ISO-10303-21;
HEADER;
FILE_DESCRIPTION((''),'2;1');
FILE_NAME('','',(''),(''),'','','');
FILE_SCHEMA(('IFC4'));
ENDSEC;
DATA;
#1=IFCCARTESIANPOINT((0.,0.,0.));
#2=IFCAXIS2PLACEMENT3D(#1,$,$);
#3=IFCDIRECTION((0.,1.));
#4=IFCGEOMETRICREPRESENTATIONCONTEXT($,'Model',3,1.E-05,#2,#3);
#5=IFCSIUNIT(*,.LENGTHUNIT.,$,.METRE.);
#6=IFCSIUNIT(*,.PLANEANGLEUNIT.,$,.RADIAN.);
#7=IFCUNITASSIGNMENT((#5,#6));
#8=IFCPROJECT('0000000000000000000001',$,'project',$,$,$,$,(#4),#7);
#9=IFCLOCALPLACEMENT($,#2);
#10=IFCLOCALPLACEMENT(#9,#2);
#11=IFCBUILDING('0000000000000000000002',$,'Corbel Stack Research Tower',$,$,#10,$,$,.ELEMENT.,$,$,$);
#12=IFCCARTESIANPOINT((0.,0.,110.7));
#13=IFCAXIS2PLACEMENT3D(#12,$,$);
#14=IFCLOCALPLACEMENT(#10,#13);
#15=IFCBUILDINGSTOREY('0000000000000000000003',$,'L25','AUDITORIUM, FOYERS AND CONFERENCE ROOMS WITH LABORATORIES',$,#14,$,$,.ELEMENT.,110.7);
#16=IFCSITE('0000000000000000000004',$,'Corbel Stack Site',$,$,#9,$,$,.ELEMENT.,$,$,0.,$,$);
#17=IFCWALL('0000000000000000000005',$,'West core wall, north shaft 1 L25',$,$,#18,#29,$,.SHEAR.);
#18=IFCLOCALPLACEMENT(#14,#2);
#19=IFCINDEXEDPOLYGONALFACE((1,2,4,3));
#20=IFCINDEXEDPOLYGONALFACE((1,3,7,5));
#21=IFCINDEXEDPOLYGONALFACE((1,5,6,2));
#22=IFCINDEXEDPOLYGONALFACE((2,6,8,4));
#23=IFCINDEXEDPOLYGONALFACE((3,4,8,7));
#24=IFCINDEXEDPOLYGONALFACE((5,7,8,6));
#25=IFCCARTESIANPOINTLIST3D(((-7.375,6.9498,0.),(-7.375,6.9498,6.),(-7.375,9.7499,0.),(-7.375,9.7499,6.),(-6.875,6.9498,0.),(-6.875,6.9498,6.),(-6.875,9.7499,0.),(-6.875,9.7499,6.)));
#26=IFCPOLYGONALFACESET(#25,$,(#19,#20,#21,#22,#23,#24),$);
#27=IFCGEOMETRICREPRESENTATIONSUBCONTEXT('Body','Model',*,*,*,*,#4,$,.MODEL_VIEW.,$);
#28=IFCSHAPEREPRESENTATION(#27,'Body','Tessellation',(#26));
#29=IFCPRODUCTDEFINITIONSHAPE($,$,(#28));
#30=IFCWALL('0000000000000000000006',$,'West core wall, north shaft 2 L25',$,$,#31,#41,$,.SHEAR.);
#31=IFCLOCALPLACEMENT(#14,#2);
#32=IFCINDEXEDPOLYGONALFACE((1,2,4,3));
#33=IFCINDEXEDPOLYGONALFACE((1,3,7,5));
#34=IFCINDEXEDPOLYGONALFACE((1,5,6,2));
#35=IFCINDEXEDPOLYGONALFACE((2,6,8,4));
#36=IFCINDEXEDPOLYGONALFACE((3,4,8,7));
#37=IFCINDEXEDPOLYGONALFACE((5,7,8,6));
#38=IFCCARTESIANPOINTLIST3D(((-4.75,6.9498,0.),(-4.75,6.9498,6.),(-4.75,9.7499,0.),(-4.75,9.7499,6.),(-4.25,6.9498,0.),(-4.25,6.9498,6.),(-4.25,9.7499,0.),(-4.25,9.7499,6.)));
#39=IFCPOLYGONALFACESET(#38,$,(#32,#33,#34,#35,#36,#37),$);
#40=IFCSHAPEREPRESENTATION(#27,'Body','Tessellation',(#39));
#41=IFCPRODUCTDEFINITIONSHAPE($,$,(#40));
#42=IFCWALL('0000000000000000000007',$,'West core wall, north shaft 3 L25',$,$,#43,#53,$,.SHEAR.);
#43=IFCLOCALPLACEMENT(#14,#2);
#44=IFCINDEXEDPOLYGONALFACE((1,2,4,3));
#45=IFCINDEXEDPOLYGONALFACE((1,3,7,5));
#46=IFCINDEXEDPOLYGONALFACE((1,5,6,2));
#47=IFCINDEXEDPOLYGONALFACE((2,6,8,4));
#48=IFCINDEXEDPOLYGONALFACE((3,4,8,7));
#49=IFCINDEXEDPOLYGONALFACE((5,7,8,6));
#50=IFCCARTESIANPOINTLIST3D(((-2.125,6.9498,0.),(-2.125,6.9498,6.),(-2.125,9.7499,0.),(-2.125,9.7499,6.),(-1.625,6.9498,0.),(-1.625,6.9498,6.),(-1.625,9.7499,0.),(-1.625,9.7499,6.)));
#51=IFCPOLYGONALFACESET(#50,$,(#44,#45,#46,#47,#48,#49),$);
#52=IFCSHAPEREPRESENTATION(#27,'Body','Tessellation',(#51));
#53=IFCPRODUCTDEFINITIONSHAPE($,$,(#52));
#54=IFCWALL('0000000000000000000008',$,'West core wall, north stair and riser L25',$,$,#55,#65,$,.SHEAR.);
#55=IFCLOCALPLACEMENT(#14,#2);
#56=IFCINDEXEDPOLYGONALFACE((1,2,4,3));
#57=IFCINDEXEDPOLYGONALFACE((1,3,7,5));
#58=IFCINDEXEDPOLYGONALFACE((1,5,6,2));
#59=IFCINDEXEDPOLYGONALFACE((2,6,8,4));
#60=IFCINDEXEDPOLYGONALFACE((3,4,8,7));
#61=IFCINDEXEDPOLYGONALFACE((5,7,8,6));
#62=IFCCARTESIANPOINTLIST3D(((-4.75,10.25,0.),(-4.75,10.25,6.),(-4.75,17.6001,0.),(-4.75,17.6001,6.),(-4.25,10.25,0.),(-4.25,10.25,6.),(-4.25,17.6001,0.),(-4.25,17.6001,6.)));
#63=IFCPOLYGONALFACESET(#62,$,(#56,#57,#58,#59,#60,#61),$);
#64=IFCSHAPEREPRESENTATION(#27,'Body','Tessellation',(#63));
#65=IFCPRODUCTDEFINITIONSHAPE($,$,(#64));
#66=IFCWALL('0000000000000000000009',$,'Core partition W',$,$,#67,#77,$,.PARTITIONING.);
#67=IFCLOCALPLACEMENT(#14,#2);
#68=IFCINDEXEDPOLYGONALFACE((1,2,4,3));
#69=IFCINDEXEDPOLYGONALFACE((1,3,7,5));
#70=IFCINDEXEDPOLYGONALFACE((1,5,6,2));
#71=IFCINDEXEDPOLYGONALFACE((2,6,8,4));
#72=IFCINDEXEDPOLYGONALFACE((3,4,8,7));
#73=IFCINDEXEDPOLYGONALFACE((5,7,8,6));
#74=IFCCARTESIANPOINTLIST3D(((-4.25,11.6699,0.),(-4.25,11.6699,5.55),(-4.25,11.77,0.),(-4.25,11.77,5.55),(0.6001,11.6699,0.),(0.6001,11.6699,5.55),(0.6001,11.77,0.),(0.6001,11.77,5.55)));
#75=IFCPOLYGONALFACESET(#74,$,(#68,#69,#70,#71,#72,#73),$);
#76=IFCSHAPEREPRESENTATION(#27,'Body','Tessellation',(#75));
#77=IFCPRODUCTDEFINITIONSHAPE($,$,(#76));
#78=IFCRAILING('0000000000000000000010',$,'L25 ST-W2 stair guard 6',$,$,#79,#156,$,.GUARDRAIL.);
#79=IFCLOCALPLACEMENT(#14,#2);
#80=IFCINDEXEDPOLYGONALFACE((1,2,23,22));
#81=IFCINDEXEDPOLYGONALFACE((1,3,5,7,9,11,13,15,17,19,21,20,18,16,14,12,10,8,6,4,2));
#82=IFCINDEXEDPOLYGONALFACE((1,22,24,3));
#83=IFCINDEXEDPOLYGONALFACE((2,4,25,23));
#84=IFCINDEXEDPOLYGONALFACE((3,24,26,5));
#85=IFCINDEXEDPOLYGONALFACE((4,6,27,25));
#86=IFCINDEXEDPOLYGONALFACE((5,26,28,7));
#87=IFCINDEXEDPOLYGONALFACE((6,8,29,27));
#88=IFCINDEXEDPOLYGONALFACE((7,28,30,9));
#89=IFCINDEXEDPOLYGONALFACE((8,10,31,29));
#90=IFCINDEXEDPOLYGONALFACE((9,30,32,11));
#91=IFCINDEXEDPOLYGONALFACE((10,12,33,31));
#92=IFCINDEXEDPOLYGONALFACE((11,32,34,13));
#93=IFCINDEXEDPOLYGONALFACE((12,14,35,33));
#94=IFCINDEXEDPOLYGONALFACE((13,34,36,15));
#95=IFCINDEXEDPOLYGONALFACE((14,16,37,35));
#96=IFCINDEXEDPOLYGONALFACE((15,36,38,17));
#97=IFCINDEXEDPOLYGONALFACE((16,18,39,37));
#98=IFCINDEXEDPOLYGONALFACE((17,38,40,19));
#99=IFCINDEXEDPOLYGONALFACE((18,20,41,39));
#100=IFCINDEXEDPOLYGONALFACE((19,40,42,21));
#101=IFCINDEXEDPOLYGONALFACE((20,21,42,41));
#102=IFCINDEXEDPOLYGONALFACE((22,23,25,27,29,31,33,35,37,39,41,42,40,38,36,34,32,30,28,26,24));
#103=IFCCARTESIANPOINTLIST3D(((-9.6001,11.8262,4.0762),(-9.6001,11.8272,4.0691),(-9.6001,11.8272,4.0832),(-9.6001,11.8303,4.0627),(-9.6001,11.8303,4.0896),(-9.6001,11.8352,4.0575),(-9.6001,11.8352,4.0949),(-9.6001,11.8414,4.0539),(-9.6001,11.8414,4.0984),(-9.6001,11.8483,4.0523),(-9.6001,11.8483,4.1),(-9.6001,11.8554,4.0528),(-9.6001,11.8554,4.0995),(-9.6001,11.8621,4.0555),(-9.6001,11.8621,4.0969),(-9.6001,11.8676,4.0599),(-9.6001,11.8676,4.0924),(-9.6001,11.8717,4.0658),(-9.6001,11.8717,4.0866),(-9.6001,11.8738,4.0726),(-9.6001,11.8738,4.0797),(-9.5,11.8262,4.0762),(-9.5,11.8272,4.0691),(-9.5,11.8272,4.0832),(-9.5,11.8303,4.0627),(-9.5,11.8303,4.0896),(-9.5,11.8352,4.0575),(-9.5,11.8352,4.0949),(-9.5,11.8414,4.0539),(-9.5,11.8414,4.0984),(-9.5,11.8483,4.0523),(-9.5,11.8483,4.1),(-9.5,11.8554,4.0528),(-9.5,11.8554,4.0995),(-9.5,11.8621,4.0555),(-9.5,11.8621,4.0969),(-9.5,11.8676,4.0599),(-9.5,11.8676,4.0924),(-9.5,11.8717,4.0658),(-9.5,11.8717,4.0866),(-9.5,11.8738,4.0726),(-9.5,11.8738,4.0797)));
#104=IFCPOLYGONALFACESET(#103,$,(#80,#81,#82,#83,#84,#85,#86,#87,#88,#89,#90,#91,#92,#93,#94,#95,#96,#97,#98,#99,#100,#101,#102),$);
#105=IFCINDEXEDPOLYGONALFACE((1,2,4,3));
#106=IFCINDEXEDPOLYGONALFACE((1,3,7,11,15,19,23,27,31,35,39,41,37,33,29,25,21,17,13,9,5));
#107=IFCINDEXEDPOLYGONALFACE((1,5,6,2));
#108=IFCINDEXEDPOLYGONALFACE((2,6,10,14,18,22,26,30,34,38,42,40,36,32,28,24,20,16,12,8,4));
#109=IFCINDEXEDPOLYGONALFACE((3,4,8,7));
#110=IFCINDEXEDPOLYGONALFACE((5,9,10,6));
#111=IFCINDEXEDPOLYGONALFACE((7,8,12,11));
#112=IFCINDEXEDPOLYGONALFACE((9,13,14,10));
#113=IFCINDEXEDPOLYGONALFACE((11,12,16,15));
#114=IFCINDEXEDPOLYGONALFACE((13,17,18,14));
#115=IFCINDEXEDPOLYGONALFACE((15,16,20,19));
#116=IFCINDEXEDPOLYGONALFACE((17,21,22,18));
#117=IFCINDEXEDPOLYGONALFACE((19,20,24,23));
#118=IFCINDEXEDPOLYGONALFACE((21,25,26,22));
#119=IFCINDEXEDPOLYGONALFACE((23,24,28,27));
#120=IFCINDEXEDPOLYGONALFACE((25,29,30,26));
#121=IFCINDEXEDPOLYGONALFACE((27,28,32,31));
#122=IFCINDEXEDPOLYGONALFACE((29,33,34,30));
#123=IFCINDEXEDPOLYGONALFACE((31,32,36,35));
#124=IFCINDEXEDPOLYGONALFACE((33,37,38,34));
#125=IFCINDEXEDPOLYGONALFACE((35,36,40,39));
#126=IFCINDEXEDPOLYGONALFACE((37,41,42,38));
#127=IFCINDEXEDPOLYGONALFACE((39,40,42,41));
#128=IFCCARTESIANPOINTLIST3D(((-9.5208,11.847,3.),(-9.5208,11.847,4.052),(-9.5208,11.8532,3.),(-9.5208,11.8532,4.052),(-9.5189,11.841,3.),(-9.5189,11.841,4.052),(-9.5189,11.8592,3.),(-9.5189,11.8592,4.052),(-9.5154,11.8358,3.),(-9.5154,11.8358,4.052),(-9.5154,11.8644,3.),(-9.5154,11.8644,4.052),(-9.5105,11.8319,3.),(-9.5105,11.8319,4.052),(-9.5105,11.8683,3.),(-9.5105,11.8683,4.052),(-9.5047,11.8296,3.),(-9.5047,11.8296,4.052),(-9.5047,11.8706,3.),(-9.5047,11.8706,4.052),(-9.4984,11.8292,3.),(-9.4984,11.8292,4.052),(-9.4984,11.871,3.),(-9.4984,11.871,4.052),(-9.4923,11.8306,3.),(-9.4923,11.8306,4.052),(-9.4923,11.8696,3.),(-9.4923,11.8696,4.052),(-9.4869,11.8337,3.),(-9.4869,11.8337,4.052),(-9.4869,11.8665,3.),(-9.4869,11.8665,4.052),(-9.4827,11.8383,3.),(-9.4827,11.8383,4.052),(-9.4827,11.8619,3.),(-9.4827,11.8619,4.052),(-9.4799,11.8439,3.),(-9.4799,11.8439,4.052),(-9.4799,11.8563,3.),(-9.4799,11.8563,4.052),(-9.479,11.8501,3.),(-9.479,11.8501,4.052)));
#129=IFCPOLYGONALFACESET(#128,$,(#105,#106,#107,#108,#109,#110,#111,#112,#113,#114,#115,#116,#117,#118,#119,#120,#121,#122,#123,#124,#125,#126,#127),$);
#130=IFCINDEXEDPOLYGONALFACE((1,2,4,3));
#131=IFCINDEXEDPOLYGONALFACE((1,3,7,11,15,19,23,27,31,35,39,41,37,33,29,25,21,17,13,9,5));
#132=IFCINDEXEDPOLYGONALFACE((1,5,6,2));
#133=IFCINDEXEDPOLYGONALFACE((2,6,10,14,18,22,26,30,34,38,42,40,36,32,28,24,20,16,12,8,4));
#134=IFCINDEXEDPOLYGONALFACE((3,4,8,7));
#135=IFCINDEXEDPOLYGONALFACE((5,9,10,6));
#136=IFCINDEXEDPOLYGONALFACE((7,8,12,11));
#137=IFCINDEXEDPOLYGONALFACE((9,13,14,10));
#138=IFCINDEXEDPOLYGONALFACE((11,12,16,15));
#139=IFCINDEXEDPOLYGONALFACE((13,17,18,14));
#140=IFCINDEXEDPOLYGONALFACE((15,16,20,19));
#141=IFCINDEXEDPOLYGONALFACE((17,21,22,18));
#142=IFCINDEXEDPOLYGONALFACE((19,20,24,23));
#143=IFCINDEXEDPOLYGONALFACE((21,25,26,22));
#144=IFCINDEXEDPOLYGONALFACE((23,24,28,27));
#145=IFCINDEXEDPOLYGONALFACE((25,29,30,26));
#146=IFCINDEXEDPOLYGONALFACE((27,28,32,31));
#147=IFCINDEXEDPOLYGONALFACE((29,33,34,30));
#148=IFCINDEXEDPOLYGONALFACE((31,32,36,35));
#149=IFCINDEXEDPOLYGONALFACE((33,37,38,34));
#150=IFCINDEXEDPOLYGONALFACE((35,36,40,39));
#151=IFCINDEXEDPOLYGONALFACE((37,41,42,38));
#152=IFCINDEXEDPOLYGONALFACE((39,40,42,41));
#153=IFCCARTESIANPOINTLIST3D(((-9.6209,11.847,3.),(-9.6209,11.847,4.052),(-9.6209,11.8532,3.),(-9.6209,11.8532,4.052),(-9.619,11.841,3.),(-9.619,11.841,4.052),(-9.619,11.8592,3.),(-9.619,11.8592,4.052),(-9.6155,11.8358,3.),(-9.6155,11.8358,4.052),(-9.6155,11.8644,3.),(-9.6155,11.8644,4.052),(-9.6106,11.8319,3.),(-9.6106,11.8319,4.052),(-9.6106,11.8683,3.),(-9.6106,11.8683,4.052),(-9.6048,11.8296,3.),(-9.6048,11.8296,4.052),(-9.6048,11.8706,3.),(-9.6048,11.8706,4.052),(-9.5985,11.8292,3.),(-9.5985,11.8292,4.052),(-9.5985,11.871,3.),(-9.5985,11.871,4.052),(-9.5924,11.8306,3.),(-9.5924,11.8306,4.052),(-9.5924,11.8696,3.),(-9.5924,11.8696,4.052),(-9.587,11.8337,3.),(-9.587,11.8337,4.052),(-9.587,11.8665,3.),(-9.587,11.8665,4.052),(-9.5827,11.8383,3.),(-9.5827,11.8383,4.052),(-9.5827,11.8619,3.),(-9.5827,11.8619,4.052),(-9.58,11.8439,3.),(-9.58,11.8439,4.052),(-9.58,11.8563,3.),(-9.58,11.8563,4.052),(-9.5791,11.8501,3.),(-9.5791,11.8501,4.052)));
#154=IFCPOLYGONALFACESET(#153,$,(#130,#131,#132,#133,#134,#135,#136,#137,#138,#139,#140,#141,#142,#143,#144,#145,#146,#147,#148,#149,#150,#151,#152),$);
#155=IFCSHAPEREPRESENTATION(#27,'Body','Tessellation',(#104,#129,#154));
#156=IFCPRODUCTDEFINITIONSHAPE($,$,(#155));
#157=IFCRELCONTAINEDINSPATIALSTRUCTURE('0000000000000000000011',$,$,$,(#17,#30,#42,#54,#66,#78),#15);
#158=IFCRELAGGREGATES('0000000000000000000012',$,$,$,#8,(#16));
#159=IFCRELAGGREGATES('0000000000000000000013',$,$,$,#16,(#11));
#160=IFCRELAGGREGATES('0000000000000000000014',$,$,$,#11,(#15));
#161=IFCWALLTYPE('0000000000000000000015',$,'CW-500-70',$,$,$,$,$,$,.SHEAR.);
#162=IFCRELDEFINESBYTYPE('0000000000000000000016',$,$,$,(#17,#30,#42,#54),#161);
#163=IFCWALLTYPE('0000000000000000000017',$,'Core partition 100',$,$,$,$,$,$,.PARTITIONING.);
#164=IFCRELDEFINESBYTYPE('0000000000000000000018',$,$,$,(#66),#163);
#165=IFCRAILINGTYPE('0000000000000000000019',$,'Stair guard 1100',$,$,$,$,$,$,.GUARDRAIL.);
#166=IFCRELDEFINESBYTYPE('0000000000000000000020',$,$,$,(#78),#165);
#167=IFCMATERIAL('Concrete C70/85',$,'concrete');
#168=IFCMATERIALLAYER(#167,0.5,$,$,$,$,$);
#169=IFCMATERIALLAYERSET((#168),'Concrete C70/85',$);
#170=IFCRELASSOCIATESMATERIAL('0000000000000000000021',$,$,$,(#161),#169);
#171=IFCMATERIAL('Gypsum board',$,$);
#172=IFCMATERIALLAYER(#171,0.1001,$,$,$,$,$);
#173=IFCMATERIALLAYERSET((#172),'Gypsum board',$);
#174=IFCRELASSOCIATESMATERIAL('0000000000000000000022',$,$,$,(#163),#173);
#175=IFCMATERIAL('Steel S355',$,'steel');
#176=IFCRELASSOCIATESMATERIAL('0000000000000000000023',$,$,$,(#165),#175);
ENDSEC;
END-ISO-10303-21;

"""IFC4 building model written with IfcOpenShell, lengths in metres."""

from ifc_helpers import new_model, si_unit, direction, frame, frame_2d, origin, origin_2d, place, context, subcontext, project, spatial, rectangle, circle, extrude, material, layer, layer_set, type_object, element, save


model = new_model("IFC4")

# Units and contexts
model_context = context("Model", 3, precision=1e-05, world=origin(), true_north=direction((0.0, 1.0)))
body_context = subcontext(model_context, "Body", "Model", "MODEL_VIEW")
ifc_project = project(units=[si_unit("LENGTHUNIT", "METRE"), si_unit("PLANEANGLEUNIT", "RADIAN")], contexts=[model_context])

# Site, building, storey
site_placement = place(None, origin())
site = spatial("IfcSite", under=ifc_project, at=site_placement, Name="Corbel Stack Site", CompositionType="ELEMENT", RefElevation=0.0)
building_placement = place(site_placement, origin())
building = spatial("IfcBuilding", under=site, at=building_placement, Name="Corbel Stack Research Tower", CompositionType="ELEMENT")
storey_placement = place(building_placement, frame((0.0, 0.0, 110.7)))
storey = spatial("IfcBuildingStorey", under=building, at=storey_placement, Name="L25", Description="AUDITORIUM, FOYERS AND CONFERENCE ROOMS WITH LABORATORIES", CompositionType="ELEMENT", Elevation=110.7)

# Shared definitions
ifc_material_1 = material(Name="Concrete C70/85", Category="concrete")
ifc_layer_1 = layer(ifc_material_1, 0.5)
ifc_layer_set_1 = layer_set([ifc_layer_1], Name="Concrete C70/85")
wall_type_1 = type_object("IfcWallType", Name="CW-500-70", PredefinedType="SHEAR", material=ifc_layer_set_1)

# Walls
for number, where, z_axis, x_axis, name in (
    (1, (-7.125, 6.95, 0.0), (0.0, 0.0, 1.0), (0.0, 1.0, 0.0), "West core wall, north shaft 1 L25"),
    (2, (-4.5, 6.95, 0.0), (0.0, 0.0, 1.0), (0.0, 1.0, 0.0), "West core wall, north shaft 2 L25"),
    (3, (-1.875, 6.95, 0.0), (0.0, 0.0, 1.0), (0.0, 1.0, 0.0), "West core wall, north shaft 3 L25"),
):
    element("IfcWall", number, at=place(storey_placement, frame(where, z_axis=z_axis, x_axis=x_axis)), inside=storey, type_object=wall_type_1, Name=name, PredefinedType="SHEAR", context=body_context, shape_type="SweptSolid", body=[
        extrude(rectangle(XDim=2.8, YDim=0.5, at=frame_2d((1.3999, 0.0))), origin(), (0.0, 0.0, 1.0), 6.0),
    ])
wall_1_placement = place(storey_placement, frame((-4.5, 10.25, 0.0), z_axis=(0.0, 0.0, 1.0), x_axis=(0.0, 1.0, 0.0)))
element("IfcWall", 4, at=wall_1_placement, inside=storey, type_object=wall_type_1, Name="West core wall, north stair and riser L25", PredefinedType="SHEAR", context=body_context, shape_type="SweptSolid", body=[
    extrude(rectangle(XDim=7.3501, YDim=0.5, at=frame_2d((3.675, 0.0))), origin(), (0.0, 0.0, 1.0), 6.0),
])
ifc_material_2 = material(Name="Gypsum board")
ifc_layer_2 = layer(ifc_material_2, 0.1001)
ifc_layer_set_2 = layer_set([ifc_layer_2], Name="Gypsum board")
wall_type_2 = type_object("IfcWallType", Name="Core partition 100", PredefinedType="PARTITIONING", material=ifc_layer_set_2)
wall_2_placement = place(storey_placement, frame((-4.25, 11.72, 0.0), z_axis=(0.0, 0.0, 1.0), x_axis=(1.0, 0.0, 0.0)))
element("IfcWall", 5, at=wall_2_placement, inside=storey, type_object=wall_type_2, Name="Core partition W", PredefinedType="PARTITIONING", context=body_context, shape_type="SweptSolid", body=[
    extrude(rectangle(XDim=4.8501, YDim=0.1001, at=frame_2d((2.425, 0.0))), origin(), (0.0, 0.0, 1.0), 5.55),
])

# Railing
ifc_material_3 = material(Name="Steel S355", Category="steel")
railing_type = type_object("IfcRailingType", Name="Stair guard 1100", PredefinedType="GUARDRAIL", material=ifc_material_3)
railing_placement = place(storey_placement, frame((-9.5, 11.8501, 3.0)))
element("IfcRailing", 6, at=railing_placement, inside=storey, type_object=railing_type, Name="L25 ST-W2 stair guard 6", PredefinedType="GUARDRAIL", context=body_context, shape_type="SweptSolid", body=[
    extrude(circle(Radius=0.0239, at=origin_2d()), frame((0.0, 0.0, 1.0762), z_axis=(-1.0, 0.0, 0.0), x_axis=(0.0, -1.0, 0.0)), (0.0, 0.0, 1.0), 0.1001),
    extrude(circle(Radius=0.021, at=origin_2d()), origin(), (0.0, 0.0, 1.0), 1.052),
    extrude(circle(Radius=0.021, at=origin_2d()), frame((-0.1001, 0.0, 0.0)), (0.0, 0.0, 1.0), 1.052),
])

save(model, "model.ifc")
